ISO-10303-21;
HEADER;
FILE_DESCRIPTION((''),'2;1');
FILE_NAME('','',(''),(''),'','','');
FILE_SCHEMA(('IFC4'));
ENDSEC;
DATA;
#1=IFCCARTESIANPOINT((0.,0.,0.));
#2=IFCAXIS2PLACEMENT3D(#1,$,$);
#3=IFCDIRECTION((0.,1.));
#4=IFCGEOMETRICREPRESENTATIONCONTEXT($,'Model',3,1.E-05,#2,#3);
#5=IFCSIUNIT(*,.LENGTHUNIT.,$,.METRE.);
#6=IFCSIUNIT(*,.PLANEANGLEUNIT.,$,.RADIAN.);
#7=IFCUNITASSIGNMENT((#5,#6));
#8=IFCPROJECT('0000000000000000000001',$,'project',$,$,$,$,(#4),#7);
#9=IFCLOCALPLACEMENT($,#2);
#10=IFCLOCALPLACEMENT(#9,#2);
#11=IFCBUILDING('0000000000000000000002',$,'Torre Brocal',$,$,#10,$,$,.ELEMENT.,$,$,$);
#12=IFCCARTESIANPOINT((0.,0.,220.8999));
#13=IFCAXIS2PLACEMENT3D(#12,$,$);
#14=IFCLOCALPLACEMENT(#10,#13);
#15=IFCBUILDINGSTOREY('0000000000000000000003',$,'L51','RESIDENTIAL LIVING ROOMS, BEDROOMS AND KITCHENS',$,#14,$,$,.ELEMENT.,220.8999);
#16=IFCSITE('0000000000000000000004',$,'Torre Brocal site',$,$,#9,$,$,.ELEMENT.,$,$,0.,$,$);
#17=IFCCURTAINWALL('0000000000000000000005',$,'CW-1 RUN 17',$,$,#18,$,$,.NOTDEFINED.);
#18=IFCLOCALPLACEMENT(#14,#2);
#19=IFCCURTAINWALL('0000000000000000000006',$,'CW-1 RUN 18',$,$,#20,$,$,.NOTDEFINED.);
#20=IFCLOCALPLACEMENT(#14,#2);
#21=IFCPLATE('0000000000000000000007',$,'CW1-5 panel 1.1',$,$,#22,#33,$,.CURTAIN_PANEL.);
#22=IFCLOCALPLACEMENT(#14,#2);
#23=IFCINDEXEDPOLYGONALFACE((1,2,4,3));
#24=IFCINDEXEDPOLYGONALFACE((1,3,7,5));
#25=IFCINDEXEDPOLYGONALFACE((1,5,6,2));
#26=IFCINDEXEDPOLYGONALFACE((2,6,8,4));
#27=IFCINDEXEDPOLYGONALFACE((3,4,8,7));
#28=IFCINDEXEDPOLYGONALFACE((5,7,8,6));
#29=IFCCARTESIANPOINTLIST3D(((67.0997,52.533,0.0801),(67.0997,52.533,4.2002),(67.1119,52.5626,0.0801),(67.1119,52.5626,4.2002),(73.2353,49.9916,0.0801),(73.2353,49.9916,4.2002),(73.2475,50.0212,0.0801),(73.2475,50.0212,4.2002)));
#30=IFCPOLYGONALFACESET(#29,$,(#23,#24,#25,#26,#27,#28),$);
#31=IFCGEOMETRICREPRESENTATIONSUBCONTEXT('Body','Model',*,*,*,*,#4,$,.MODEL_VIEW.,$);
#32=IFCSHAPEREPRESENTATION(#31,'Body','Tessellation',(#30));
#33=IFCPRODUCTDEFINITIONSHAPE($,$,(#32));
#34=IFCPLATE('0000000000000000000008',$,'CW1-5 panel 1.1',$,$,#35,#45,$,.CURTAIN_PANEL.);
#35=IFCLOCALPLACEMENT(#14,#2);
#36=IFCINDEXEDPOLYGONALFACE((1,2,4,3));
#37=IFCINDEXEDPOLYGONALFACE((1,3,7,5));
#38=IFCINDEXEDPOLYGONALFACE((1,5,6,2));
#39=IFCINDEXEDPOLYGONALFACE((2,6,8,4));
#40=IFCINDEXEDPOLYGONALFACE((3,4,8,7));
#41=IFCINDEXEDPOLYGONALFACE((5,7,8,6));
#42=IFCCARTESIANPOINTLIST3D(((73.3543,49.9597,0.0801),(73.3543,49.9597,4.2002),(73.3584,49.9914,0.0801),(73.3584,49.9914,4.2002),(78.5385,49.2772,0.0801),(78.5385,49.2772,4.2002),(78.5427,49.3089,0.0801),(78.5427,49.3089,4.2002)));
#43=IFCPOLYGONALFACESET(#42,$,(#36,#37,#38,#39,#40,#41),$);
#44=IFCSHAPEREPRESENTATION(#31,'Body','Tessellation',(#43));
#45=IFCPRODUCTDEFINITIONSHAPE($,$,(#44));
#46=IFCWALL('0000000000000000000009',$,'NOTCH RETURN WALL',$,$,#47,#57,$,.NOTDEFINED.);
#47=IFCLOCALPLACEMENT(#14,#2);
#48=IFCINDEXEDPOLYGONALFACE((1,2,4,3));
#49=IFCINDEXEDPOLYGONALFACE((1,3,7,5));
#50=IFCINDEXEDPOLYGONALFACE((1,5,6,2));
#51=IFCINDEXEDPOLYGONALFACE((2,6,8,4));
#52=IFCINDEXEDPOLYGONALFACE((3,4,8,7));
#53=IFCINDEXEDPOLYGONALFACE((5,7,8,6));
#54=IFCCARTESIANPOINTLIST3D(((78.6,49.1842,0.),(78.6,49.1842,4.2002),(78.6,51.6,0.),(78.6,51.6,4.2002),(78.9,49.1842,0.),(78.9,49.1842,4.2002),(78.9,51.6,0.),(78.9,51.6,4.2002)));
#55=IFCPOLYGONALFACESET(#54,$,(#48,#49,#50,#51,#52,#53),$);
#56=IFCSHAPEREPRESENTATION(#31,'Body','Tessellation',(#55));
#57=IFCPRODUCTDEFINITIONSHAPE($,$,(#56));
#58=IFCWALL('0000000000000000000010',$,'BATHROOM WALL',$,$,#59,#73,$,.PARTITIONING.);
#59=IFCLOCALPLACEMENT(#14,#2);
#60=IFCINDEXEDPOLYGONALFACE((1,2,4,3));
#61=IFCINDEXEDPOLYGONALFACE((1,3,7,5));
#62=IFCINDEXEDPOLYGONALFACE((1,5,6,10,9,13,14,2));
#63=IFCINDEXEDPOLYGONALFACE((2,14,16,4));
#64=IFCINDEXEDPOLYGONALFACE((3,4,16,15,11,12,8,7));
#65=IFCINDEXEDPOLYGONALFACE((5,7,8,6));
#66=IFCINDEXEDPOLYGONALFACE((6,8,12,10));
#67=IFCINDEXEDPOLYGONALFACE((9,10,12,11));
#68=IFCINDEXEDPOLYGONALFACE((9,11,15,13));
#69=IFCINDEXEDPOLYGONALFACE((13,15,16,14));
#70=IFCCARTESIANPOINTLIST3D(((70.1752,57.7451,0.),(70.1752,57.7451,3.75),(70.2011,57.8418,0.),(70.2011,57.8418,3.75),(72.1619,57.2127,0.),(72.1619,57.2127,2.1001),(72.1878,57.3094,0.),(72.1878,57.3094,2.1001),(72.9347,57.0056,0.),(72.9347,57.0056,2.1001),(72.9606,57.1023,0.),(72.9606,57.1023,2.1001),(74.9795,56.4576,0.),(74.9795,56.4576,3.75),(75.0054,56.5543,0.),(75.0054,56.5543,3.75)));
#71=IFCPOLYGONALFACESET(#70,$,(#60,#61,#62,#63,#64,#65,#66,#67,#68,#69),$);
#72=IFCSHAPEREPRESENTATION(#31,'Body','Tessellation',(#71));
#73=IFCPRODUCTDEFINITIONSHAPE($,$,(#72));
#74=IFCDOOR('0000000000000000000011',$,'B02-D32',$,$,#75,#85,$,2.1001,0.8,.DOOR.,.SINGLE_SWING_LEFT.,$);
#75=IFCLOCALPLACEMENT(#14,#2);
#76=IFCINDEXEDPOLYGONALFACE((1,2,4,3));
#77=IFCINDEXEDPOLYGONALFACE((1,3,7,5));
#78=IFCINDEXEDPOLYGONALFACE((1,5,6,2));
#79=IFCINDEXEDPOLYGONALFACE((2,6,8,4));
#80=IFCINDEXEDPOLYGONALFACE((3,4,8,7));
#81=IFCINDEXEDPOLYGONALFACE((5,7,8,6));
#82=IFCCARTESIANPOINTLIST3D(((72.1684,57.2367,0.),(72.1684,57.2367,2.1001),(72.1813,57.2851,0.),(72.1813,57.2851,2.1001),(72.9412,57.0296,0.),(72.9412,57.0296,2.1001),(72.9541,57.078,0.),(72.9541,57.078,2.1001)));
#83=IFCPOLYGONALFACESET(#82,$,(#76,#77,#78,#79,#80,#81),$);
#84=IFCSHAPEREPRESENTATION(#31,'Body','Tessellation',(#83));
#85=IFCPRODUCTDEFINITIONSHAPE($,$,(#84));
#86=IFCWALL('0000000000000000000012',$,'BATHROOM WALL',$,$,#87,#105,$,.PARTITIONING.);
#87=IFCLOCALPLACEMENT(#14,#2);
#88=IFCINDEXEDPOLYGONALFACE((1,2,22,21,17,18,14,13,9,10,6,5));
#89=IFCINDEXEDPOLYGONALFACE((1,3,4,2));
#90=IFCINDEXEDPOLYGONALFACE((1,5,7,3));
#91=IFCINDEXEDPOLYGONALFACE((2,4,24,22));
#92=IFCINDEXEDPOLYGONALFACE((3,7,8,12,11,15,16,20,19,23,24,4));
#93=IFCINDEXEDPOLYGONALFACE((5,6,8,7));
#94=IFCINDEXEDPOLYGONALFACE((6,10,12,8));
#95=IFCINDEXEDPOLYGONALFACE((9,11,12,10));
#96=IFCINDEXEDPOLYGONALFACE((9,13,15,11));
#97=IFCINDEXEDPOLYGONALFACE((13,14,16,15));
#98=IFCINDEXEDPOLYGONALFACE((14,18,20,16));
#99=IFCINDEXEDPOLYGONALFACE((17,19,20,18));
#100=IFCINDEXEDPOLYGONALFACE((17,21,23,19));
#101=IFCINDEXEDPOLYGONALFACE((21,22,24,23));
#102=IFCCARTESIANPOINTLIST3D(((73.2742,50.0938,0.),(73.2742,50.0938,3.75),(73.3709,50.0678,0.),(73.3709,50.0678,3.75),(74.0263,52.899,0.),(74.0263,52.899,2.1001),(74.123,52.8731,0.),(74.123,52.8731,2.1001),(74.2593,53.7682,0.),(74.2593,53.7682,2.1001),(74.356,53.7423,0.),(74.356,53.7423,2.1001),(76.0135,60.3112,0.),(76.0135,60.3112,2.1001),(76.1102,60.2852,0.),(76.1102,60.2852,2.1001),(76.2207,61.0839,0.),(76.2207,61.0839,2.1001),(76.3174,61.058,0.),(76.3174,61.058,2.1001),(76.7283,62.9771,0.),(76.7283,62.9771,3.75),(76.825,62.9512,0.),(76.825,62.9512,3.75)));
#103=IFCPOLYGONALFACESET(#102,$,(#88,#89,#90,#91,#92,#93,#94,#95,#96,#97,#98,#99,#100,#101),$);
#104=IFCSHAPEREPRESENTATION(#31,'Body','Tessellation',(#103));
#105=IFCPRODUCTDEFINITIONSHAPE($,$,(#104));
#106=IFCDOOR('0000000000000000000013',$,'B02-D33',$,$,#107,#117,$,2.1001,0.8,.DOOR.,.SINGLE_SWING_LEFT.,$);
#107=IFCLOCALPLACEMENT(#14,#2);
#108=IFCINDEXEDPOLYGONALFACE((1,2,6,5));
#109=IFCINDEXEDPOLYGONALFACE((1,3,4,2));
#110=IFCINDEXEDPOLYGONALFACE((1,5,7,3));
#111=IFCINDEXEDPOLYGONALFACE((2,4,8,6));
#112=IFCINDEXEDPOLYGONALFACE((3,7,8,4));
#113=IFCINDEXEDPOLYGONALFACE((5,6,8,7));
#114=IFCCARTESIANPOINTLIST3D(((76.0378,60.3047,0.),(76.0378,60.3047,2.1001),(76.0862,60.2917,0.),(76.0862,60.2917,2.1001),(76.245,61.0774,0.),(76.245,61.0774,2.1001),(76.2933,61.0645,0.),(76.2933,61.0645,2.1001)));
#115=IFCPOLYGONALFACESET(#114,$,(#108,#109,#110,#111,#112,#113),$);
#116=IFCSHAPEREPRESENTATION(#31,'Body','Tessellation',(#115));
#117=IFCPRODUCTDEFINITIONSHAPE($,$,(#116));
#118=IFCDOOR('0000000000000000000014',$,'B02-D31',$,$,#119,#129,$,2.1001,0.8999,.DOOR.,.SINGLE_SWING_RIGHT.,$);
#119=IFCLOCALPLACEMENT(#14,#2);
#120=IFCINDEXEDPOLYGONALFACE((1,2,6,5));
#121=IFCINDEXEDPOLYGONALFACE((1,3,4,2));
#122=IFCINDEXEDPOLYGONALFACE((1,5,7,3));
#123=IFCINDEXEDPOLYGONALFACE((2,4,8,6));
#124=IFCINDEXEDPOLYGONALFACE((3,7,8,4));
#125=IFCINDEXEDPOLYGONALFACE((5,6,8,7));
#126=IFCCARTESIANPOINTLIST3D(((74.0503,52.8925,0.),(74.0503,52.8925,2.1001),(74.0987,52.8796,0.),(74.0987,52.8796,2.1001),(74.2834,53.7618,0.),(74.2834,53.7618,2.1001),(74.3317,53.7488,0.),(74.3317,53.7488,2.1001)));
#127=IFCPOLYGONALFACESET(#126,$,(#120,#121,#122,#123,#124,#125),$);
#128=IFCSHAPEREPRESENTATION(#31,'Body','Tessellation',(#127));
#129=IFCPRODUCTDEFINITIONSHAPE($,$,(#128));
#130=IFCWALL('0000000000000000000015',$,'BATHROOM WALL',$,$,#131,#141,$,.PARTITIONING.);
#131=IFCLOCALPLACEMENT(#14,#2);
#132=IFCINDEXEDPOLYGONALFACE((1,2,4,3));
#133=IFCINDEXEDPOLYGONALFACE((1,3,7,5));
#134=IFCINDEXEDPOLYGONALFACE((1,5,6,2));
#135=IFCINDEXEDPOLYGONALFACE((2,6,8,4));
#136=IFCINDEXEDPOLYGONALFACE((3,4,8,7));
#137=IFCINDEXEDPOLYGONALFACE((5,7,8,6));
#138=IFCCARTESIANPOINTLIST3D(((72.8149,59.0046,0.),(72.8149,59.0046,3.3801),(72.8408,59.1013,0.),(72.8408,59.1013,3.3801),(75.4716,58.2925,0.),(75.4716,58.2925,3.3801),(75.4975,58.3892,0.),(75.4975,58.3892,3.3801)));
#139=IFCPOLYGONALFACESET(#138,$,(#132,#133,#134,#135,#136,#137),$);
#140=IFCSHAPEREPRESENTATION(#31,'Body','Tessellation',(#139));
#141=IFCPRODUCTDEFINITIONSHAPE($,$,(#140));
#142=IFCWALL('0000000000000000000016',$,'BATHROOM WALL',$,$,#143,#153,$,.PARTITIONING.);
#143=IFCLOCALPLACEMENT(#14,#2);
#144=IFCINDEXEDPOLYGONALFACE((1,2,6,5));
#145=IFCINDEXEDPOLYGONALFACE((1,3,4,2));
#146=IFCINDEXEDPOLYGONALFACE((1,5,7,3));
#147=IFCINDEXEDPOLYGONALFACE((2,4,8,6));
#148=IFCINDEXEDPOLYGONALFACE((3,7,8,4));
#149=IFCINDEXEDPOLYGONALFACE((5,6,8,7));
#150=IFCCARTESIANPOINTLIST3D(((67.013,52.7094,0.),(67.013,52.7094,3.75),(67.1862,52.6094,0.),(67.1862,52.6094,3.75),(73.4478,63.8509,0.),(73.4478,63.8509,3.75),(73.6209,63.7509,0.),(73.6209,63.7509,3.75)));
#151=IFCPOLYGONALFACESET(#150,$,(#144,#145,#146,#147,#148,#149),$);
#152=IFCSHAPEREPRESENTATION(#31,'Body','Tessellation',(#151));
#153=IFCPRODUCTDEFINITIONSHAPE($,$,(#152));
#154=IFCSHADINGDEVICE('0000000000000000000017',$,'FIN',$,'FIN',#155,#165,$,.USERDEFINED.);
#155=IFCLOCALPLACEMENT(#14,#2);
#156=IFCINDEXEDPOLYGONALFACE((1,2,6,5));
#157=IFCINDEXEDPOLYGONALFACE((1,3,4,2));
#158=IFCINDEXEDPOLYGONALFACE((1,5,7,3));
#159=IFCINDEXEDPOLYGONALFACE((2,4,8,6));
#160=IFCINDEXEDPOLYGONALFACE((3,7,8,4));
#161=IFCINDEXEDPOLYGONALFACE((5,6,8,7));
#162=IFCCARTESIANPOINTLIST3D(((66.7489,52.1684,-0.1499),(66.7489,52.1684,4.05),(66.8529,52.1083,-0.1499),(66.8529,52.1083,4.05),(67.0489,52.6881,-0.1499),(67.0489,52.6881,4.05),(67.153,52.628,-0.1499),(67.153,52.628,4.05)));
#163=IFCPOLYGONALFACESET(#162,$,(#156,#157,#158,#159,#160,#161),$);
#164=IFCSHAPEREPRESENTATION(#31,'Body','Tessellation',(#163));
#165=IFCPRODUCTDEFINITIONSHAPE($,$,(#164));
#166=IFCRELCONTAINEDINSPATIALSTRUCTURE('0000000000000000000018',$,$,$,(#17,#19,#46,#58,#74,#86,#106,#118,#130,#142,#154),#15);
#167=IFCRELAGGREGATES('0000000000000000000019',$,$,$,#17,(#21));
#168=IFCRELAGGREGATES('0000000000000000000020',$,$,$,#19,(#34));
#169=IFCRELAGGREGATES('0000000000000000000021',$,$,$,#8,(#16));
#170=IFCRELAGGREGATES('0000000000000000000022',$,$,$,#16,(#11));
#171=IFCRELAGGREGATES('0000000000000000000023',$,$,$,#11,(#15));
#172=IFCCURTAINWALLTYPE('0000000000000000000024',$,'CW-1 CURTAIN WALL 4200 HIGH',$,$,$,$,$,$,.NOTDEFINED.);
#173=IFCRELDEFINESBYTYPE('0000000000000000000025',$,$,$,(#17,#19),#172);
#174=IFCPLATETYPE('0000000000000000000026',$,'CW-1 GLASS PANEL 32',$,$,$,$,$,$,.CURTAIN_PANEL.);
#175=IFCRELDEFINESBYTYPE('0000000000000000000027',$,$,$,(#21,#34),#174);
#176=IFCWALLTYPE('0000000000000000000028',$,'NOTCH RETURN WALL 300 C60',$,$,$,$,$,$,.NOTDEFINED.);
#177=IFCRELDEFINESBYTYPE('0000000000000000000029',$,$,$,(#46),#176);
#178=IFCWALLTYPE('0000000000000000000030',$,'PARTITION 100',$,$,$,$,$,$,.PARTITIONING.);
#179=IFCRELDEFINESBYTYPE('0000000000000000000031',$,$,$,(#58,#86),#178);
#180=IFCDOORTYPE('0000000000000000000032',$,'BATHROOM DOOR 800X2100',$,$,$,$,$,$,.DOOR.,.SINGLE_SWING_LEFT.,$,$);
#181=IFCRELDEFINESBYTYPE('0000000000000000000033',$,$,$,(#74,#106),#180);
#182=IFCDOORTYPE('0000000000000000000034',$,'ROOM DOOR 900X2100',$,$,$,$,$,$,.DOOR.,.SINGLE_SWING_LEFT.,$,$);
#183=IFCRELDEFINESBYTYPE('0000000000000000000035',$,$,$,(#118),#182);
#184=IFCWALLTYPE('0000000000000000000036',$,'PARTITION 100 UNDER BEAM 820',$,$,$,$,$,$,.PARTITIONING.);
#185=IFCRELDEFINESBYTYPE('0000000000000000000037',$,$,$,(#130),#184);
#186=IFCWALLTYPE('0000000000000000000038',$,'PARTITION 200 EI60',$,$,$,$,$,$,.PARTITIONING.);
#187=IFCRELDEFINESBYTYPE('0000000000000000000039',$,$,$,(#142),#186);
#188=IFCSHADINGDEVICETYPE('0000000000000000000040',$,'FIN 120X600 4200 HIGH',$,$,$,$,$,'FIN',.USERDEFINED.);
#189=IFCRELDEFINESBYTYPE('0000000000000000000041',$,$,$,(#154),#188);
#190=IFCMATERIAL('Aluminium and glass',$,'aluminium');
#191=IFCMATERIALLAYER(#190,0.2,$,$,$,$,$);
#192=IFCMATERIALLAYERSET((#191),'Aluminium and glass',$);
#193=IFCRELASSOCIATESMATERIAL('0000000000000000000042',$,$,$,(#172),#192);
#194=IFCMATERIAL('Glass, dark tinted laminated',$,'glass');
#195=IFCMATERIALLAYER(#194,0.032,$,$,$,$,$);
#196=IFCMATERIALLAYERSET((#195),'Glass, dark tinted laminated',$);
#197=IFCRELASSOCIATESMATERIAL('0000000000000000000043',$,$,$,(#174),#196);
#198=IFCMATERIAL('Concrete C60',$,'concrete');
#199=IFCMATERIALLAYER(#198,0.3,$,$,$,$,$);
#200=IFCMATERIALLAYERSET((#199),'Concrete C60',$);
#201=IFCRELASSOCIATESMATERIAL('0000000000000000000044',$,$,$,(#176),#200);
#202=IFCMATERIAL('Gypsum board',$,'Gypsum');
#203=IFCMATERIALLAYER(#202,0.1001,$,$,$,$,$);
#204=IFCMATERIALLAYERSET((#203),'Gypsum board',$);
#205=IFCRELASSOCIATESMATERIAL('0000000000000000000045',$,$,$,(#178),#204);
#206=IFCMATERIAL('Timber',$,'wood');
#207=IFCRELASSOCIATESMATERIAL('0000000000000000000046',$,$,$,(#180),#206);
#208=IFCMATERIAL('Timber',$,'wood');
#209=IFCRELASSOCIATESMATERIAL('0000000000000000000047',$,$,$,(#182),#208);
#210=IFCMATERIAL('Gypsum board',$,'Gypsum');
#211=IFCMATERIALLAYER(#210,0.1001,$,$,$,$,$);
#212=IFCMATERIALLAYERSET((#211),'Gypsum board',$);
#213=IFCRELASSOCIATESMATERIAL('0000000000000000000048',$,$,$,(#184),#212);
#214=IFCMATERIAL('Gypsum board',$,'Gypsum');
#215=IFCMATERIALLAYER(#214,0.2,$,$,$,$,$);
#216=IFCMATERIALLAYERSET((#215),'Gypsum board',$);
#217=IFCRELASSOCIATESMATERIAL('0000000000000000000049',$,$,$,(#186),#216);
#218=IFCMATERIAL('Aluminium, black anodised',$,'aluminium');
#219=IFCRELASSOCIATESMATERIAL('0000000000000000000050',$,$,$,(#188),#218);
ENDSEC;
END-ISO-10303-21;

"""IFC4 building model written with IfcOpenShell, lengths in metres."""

from ifc_helpers import new_model, si_unit, direction, frame, frame_2d, origin, origin_2d, place, context, subcontext, project, spatial, rectangle, extrude, material, layer, layer_set, material_profile, profile_set, type_object, element, fill, aggregate, save


model = new_model("IFC4")

# Units and contexts
model_context = context("Model", 3, precision=1e-05, world=origin(), true_north=direction((0.0, 1.0)))
body_context = subcontext(model_context, "Body", "Model", "MODEL_VIEW")
ifc_project = project(units=[si_unit("LENGTHUNIT", "METRE"), si_unit("PLANEANGLEUNIT", "RADIAN")], contexts=[model_context])

# Site, building, storey
site_placement = place(None, origin())
site = spatial("IfcSite", under=ifc_project, at=site_placement, Name="Torre Brocal site", CompositionType="ELEMENT", RefElevation=0.0)
building_placement = place(site_placement, origin())
building = spatial("IfcBuilding", under=site, at=building_placement, Name="Torre Brocal", CompositionType="ELEMENT")
storey_placement = place(building_placement, frame((0.0, 0.0, 220.8999)))
storey = spatial("IfcBuildingStorey", under=building, at=storey_placement, Name="L51", Description="RESIDENTIAL LIVING ROOMS, BEDROOMS AND KITCHENS", CompositionType="ELEMENT", Elevation=220.8999)

# Shared definitions
ifc_material_1 = material(Name="Aluminium and glass", Category="aluminium")
ifc_layer_1 = layer(ifc_material_1, 0.2)
ifc_layer_set_1 = layer_set([ifc_layer_1], Name="Aluminium and glass")
curtain_wall_type = type_object("IfcCurtainWallType", Name="CW-1 CURTAIN WALL 4200 HIGH", PredefinedType="NOTDEFINED", material=ifc_layer_set_1)

# Curtain walls
curtain_wall_1_placement = place(storey_placement, origin())
curtain_wall_1 = element("IfcCurtainWall", 1, at=curtain_wall_1_placement, inside=storey, type_object=curtain_wall_type, Name="CW-1 RUN 17", PredefinedType="NOTDEFINED")
curtain_wall_2_placement = place(storey_placement, origin())
curtain_wall_2 = element("IfcCurtainWall", 2, at=curtain_wall_2_placement, inside=storey, type_object=curtain_wall_type, Name="CW-1 RUN 18", PredefinedType="NOTDEFINED")

# Plates
ifc_material_2 = material(Name="Glass, dark tinted laminated", Category="glass")
ifc_layer_2 = layer(ifc_material_2, 0.032)
ifc_layer_set_2 = layer_set([ifc_layer_2], Name="Glass, dark tinted laminated")
plate_type = type_object("IfcPlateType", Name="CW-1 GLASS PANEL 32", PredefinedType="CURTAIN_PANEL", material=ifc_layer_set_2)
plate_1_placement = place(storey_placement, frame((70.1736, 51.2771, 0.0801), z_axis=(0.0, 0.0, 1.0), x_axis=(0.92388, -0.382683, 0.0)))
plate_1 = element("IfcPlate", 3, at=plate_1_placement, type_object=plate_type, Name="CW1-5 panel 1.1", PredefinedType="CURTAIN_PANEL", context=body_context, shape_type="SweptSolid", body=[
    extrude(rectangle(XDim=6.6411, YDim=0.032, at=origin_2d()), origin(), (0.0, 0.0, 1.0), 4.1201),
])
aggregate(curtain_wall_1, [plate_1])
plate_2_placement = place(storey_placement, frame((75.9485, 49.6343, 0.0801), z_axis=(0.0, 0.0, 1.0), x_axis=(0.991445, -0.130526, 0.0)))
plate_2 = element("IfcPlate", 4, at=plate_2_placement, type_object=plate_type, Name="CW1-5 panel 1.1", PredefinedType="CURTAIN_PANEL", context=body_context, shape_type="SweptSolid", body=[
    extrude(rectangle(XDim=5.229, YDim=0.032, at=origin_2d()), origin(), (0.0, 0.0, 1.0), 4.1201),
])
aggregate(curtain_wall_2, [plate_2])

# Wall
ifc_material_3 = material(Name="Concrete C60", Category="concrete")
ifc_layer_3 = layer(ifc_material_3, 0.3)
ifc_layer_set_3 = layer_set([ifc_layer_3], Name="Concrete C60")
wall_type_1 = type_object("IfcWallType", Name="NOTCH RETURN WALL 300 C60", PredefinedType="NOTDEFINED", material=ifc_layer_set_3)
wall_1_placement = place(storey_placement, frame((78.75, 51.6001, 0.0), z_axis=(0.0, 0.0, 1.0), x_axis=(0.0, -1.0, 0.0)))
element("IfcWall", 5, at=wall_1_placement, inside=storey, type_object=wall_type_1, Name="NOTCH RETURN WALL", PredefinedType="NOTDEFINED", context=body_context, shape_type="SweptSolid", body=[
    extrude(rectangle(XDim=2.4158, YDim=0.3, at=frame_2d((1.208, 0.0))), origin(), (0.0, 0.0, 1.0), 4.2002),
])

# Wall, opening, door
ifc_material_4 = material(Name="Gypsum board", Category="Gypsum")
ifc_layer_4 = layer(ifc_material_4, 0.1001)
ifc_layer_set_4 = layer_set([ifc_layer_4], Name="Gypsum board")
wall_type_2 = type_object("IfcWallType", Name="PARTITION 100", PredefinedType="PARTITIONING", material=ifc_layer_set_4)
wall_2_placement = place(storey_placement, frame((70.1882, 57.7935, 0.0), z_axis=(0.0, 0.0, 1.0), x_axis=(0.965913, -0.258866, 0.0)))
wall_2 = element("IfcWall", 6, at=wall_2_placement, inside=storey, type_object=wall_type_2, Name="BATHROOM WALL", PredefinedType="PARTITIONING", context=body_context, shape_type="SweptSolid", body=[
    extrude(rectangle(XDim=4.9739, YDim=0.1001, at=frame_2d((2.4868, 0.0))), origin(), (0.0, 0.0, 1.0), 3.75),
])
opening_1_placement = place(wall_2_placement, frame((2.0569, 0.0, 0.0)))
opening_1 = element("IfcOpeningElement", 7, at=opening_1_placement, cuts=wall_2, PredefinedType="OPENING", context=body_context, shape_type="SweptSolid", body=[
    extrude(rectangle(XDim=0.8, YDim=2.1001, at=frame_2d((0.3999, 1.05))), frame((0.0, 0.0601, 0.0), z_axis=(0.0, -1.0, 0.0), x_axis=(1.0, 0.0, 0.0)), (0.0, 0.0, 1.0), 0.1201),
])
ifc_material_5 = material(Name="Timber", Category="wood")
door_type_1 = type_object("IfcDoorType", Name="BATHROOM DOOR 800X2100", OperationType="SINGLE_SWING_LEFT", PredefinedType="DOOR", material=ifc_material_5)
door_1_placement = place(opening_1_placement, origin())
door_1 = element("IfcDoor", 8, at=door_1_placement, inside=storey, type_object=door_type_1, Name="B02-D32", OperationType="SINGLE_SWING_LEFT", OverallHeight=2.1001, OverallWidth=0.8, PredefinedType="DOOR", context=body_context, shape_type="SweptSolid", body=[
    extrude(rectangle(XDim=0.8, YDim=2.1001, at=frame_2d((0.3999, 1.05))), frame((0.0, 0.0249, 0.0), z_axis=(0.0, -1.0, 0.0), x_axis=(1.0, 0.0, 0.0)), (0.0, 0.0, 1.0), 0.05),
])
fill(opening_1, door_1)

# Wall, openings, doors
wall_3_placement = place(storey_placement, frame((73.3225, 50.0808, 0.0), z_axis=(0.0, 0.0, 1.0), x_axis=(0.258961, 0.965888, 0.0)))
wall_3 = element("IfcWall", 9, at=wall_3_placement, inside=storey, type_object=wall_type_2, Name="BATHROOM WALL", PredefinedType="PARTITIONING", context=body_context, shape_type="SweptSolid", body=[
    extrude(rectangle(XDim=13.3384, YDim=0.1001, at=frame_2d((6.6692, 0.0))), origin(), (0.0, 0.0, 1.0), 3.75),
])
opening_2_placement = place(wall_3_placement, frame((2.9043, 0.0, 0.0)))
opening_2 = element("IfcOpeningElement", 10, at=opening_2_placement, cuts=wall_3, PredefinedType="OPENING", context=body_context, shape_type="SweptSolid", body=[
    extrude(rectangle(XDim=0.8999, YDim=2.1001, at=frame_2d((0.45, 1.05))), frame((0.0, 0.0601, 0.0), z_axis=(0.0, -1.0, 0.0), x_axis=(1.0, 0.0, 0.0)), (0.0, 0.0, 1.0), 0.1201),
])
opening_3_placement = place(wall_3_placement, frame((10.5784, 0.0, 0.0)))
opening_3 = element("IfcOpeningElement", 11, at=opening_3_placement, cuts=wall_3, PredefinedType="OPENING", context=body_context, shape_type="SweptSolid", body=[
    extrude(rectangle(XDim=0.8, YDim=2.1001, at=frame_2d((0.3999, 1.05))), frame((0.0, 0.0601, 0.0), z_axis=(0.0, -1.0, 0.0), x_axis=(1.0, 0.0, 0.0)), (0.0, 0.0, 1.0), 0.1201),
])
door_2_placement = place(opening_3_placement, origin())
door_2 = element("IfcDoor", 12, at=door_2_placement, inside=storey, type_object=door_type_1, Name="B02-D33", OperationType="SINGLE_SWING_LEFT", OverallHeight=2.1001, OverallWidth=0.8, PredefinedType="DOOR", context=body_context, shape_type="SweptSolid", body=[
    extrude(rectangle(XDim=0.8, YDim=2.1001, at=frame_2d((0.3999, 1.05))), frame((0.0, 0.0249, 0.0), z_axis=(0.0, -1.0, 0.0), x_axis=(1.0, 0.0, 0.0)), (0.0, 0.0, 1.0), 0.05),
])
fill(opening_3, door_2)
ifc_material_6 = material(Name="Timber", Category="wood")
door_type_2 = type_object("IfcDoorType", Name="ROOM DOOR 900X2100", OperationType="SINGLE_SWING_LEFT", PredefinedType="DOOR", material=ifc_material_6)
door_3_placement = place(opening_2_placement, frame((0.8999, 0.0, 0.0), z_axis=(0.0, 0.0, 1.0), x_axis=(-1.0, 0.0, 0.0)))
door_3 = element("IfcDoor", 13, at=door_3_placement, inside=storey, type_object=door_type_2, Name="B02-D31", OperationType="SINGLE_SWING_RIGHT", OverallHeight=2.1001, OverallWidth=0.8999, PredefinedType="DOOR", context=body_context, shape_type="SweptSolid", body=[
    extrude(rectangle(XDim=0.8999, YDim=2.1001, at=frame_2d((0.45, 1.05))), frame((0.0, 0.0249, 0.0), z_axis=(0.0, -1.0, 0.0), x_axis=(1.0, 0.0, 0.0)), (0.0, 0.0, 1.0), 0.05),
])
fill(opening_2, door_3)

# Walls
ifc_material_7 = material(Name="Gypsum board", Category="Gypsum")
ifc_layer_5 = layer(ifc_material_7, 0.1001)
ifc_layer_set_5 = layer_set([ifc_layer_5], Name="Gypsum board")
wall_type_3 = type_object("IfcWallType", Name="PARTITION 100 UNDER BEAM 820", PredefinedType="PARTITIONING", material=ifc_layer_set_5)
wall_4_placement = place(storey_placement, frame((72.8279, 59.053, 0.0), z_axis=(0.0, 0.0, 1.0), x_axis=(0.9659, -0.258917, 0.0)))
element("IfcWall", 14, at=wall_4_placement, inside=storey, type_object=wall_type_3, Name="BATHROOM WALL", PredefinedType="PARTITIONING", context=body_context, shape_type="SweptSolid", body=[
    extrude(rectangle(XDim=2.7505, YDim=0.1001, at=frame_2d((1.3752, 0.0))), origin(), (0.0, 0.0, 1.0), 3.3801),
])
ifc_material_8 = material(Name="Gypsum board", Category="Gypsum")
ifc_layer_6 = layer(ifc_material_8, 0.2)
ifc_layer_set_6 = layer_set([ifc_layer_6], Name="Gypsum board")
wall_type_4 = type_object("IfcWallType", Name="PARTITION 200 EI60", PredefinedType="PARTITIONING", material=ifc_layer_set_6)
wall_5_placement = place(storey_placement, frame((67.0996, 52.6594, 0.0), z_axis=(0.0, 0.0, 1.0), x_axis=(0.500129, 0.865951, 0.0)))
element("IfcWall", 15, at=wall_5_placement, inside=storey, type_object=wall_type_4, Name="BATHROOM WALL", PredefinedType="PARTITIONING", context=body_context, shape_type="SweptSolid", body=[
    extrude(rectangle(XDim=12.8662, YDim=0.2, at=frame_2d((6.4331, 0.0))), origin(), (0.0, 0.0, 1.0), 3.75),
])

# Shading device
ifc_material_9 = material(Name="Aluminium, black anodised", Category="aluminium")
ifc_material_profile_1 = material_profile(ifc_material_9, rectangle(XDim=0.1201, YDim=0.6001, at=origin_2d()), Name="FIN 120X600 4200 HIGH")
ifc_profile_set_1 = profile_set([ifc_material_profile_1], Name="Aluminium, black anodised")
shading_device_type = type_object("IfcShadingDeviceType", Name="FIN 120X600 4200 HIGH", ElementType="FIN", PredefinedType="USERDEFINED", material=ifc_profile_set_1)
for number, where, z_axis, x_axis, name in (
    (16, (66.9509, 52.3982, -0.1499), (0.0, 0.0, 1.0), (0.866025, -0.5, 0.0), "FIN"),
):
    element("IfcShadingDevice", number, at=place(storey_placement, frame(where, z_axis=z_axis, x_axis=x_axis)), inside=storey, type_object=shading_device_type, Name=name, ObjectType="FIN", PredefinedType="USERDEFINED", context=body_context, shape_type="SweptSolid", body=[
        extrude(rectangle(XDim=0.1201, YDim=0.6001, at=origin_2d()), origin(), (0.0, 0.0, 1.0), 4.2),
    ])

save(model, "model.ifc")
